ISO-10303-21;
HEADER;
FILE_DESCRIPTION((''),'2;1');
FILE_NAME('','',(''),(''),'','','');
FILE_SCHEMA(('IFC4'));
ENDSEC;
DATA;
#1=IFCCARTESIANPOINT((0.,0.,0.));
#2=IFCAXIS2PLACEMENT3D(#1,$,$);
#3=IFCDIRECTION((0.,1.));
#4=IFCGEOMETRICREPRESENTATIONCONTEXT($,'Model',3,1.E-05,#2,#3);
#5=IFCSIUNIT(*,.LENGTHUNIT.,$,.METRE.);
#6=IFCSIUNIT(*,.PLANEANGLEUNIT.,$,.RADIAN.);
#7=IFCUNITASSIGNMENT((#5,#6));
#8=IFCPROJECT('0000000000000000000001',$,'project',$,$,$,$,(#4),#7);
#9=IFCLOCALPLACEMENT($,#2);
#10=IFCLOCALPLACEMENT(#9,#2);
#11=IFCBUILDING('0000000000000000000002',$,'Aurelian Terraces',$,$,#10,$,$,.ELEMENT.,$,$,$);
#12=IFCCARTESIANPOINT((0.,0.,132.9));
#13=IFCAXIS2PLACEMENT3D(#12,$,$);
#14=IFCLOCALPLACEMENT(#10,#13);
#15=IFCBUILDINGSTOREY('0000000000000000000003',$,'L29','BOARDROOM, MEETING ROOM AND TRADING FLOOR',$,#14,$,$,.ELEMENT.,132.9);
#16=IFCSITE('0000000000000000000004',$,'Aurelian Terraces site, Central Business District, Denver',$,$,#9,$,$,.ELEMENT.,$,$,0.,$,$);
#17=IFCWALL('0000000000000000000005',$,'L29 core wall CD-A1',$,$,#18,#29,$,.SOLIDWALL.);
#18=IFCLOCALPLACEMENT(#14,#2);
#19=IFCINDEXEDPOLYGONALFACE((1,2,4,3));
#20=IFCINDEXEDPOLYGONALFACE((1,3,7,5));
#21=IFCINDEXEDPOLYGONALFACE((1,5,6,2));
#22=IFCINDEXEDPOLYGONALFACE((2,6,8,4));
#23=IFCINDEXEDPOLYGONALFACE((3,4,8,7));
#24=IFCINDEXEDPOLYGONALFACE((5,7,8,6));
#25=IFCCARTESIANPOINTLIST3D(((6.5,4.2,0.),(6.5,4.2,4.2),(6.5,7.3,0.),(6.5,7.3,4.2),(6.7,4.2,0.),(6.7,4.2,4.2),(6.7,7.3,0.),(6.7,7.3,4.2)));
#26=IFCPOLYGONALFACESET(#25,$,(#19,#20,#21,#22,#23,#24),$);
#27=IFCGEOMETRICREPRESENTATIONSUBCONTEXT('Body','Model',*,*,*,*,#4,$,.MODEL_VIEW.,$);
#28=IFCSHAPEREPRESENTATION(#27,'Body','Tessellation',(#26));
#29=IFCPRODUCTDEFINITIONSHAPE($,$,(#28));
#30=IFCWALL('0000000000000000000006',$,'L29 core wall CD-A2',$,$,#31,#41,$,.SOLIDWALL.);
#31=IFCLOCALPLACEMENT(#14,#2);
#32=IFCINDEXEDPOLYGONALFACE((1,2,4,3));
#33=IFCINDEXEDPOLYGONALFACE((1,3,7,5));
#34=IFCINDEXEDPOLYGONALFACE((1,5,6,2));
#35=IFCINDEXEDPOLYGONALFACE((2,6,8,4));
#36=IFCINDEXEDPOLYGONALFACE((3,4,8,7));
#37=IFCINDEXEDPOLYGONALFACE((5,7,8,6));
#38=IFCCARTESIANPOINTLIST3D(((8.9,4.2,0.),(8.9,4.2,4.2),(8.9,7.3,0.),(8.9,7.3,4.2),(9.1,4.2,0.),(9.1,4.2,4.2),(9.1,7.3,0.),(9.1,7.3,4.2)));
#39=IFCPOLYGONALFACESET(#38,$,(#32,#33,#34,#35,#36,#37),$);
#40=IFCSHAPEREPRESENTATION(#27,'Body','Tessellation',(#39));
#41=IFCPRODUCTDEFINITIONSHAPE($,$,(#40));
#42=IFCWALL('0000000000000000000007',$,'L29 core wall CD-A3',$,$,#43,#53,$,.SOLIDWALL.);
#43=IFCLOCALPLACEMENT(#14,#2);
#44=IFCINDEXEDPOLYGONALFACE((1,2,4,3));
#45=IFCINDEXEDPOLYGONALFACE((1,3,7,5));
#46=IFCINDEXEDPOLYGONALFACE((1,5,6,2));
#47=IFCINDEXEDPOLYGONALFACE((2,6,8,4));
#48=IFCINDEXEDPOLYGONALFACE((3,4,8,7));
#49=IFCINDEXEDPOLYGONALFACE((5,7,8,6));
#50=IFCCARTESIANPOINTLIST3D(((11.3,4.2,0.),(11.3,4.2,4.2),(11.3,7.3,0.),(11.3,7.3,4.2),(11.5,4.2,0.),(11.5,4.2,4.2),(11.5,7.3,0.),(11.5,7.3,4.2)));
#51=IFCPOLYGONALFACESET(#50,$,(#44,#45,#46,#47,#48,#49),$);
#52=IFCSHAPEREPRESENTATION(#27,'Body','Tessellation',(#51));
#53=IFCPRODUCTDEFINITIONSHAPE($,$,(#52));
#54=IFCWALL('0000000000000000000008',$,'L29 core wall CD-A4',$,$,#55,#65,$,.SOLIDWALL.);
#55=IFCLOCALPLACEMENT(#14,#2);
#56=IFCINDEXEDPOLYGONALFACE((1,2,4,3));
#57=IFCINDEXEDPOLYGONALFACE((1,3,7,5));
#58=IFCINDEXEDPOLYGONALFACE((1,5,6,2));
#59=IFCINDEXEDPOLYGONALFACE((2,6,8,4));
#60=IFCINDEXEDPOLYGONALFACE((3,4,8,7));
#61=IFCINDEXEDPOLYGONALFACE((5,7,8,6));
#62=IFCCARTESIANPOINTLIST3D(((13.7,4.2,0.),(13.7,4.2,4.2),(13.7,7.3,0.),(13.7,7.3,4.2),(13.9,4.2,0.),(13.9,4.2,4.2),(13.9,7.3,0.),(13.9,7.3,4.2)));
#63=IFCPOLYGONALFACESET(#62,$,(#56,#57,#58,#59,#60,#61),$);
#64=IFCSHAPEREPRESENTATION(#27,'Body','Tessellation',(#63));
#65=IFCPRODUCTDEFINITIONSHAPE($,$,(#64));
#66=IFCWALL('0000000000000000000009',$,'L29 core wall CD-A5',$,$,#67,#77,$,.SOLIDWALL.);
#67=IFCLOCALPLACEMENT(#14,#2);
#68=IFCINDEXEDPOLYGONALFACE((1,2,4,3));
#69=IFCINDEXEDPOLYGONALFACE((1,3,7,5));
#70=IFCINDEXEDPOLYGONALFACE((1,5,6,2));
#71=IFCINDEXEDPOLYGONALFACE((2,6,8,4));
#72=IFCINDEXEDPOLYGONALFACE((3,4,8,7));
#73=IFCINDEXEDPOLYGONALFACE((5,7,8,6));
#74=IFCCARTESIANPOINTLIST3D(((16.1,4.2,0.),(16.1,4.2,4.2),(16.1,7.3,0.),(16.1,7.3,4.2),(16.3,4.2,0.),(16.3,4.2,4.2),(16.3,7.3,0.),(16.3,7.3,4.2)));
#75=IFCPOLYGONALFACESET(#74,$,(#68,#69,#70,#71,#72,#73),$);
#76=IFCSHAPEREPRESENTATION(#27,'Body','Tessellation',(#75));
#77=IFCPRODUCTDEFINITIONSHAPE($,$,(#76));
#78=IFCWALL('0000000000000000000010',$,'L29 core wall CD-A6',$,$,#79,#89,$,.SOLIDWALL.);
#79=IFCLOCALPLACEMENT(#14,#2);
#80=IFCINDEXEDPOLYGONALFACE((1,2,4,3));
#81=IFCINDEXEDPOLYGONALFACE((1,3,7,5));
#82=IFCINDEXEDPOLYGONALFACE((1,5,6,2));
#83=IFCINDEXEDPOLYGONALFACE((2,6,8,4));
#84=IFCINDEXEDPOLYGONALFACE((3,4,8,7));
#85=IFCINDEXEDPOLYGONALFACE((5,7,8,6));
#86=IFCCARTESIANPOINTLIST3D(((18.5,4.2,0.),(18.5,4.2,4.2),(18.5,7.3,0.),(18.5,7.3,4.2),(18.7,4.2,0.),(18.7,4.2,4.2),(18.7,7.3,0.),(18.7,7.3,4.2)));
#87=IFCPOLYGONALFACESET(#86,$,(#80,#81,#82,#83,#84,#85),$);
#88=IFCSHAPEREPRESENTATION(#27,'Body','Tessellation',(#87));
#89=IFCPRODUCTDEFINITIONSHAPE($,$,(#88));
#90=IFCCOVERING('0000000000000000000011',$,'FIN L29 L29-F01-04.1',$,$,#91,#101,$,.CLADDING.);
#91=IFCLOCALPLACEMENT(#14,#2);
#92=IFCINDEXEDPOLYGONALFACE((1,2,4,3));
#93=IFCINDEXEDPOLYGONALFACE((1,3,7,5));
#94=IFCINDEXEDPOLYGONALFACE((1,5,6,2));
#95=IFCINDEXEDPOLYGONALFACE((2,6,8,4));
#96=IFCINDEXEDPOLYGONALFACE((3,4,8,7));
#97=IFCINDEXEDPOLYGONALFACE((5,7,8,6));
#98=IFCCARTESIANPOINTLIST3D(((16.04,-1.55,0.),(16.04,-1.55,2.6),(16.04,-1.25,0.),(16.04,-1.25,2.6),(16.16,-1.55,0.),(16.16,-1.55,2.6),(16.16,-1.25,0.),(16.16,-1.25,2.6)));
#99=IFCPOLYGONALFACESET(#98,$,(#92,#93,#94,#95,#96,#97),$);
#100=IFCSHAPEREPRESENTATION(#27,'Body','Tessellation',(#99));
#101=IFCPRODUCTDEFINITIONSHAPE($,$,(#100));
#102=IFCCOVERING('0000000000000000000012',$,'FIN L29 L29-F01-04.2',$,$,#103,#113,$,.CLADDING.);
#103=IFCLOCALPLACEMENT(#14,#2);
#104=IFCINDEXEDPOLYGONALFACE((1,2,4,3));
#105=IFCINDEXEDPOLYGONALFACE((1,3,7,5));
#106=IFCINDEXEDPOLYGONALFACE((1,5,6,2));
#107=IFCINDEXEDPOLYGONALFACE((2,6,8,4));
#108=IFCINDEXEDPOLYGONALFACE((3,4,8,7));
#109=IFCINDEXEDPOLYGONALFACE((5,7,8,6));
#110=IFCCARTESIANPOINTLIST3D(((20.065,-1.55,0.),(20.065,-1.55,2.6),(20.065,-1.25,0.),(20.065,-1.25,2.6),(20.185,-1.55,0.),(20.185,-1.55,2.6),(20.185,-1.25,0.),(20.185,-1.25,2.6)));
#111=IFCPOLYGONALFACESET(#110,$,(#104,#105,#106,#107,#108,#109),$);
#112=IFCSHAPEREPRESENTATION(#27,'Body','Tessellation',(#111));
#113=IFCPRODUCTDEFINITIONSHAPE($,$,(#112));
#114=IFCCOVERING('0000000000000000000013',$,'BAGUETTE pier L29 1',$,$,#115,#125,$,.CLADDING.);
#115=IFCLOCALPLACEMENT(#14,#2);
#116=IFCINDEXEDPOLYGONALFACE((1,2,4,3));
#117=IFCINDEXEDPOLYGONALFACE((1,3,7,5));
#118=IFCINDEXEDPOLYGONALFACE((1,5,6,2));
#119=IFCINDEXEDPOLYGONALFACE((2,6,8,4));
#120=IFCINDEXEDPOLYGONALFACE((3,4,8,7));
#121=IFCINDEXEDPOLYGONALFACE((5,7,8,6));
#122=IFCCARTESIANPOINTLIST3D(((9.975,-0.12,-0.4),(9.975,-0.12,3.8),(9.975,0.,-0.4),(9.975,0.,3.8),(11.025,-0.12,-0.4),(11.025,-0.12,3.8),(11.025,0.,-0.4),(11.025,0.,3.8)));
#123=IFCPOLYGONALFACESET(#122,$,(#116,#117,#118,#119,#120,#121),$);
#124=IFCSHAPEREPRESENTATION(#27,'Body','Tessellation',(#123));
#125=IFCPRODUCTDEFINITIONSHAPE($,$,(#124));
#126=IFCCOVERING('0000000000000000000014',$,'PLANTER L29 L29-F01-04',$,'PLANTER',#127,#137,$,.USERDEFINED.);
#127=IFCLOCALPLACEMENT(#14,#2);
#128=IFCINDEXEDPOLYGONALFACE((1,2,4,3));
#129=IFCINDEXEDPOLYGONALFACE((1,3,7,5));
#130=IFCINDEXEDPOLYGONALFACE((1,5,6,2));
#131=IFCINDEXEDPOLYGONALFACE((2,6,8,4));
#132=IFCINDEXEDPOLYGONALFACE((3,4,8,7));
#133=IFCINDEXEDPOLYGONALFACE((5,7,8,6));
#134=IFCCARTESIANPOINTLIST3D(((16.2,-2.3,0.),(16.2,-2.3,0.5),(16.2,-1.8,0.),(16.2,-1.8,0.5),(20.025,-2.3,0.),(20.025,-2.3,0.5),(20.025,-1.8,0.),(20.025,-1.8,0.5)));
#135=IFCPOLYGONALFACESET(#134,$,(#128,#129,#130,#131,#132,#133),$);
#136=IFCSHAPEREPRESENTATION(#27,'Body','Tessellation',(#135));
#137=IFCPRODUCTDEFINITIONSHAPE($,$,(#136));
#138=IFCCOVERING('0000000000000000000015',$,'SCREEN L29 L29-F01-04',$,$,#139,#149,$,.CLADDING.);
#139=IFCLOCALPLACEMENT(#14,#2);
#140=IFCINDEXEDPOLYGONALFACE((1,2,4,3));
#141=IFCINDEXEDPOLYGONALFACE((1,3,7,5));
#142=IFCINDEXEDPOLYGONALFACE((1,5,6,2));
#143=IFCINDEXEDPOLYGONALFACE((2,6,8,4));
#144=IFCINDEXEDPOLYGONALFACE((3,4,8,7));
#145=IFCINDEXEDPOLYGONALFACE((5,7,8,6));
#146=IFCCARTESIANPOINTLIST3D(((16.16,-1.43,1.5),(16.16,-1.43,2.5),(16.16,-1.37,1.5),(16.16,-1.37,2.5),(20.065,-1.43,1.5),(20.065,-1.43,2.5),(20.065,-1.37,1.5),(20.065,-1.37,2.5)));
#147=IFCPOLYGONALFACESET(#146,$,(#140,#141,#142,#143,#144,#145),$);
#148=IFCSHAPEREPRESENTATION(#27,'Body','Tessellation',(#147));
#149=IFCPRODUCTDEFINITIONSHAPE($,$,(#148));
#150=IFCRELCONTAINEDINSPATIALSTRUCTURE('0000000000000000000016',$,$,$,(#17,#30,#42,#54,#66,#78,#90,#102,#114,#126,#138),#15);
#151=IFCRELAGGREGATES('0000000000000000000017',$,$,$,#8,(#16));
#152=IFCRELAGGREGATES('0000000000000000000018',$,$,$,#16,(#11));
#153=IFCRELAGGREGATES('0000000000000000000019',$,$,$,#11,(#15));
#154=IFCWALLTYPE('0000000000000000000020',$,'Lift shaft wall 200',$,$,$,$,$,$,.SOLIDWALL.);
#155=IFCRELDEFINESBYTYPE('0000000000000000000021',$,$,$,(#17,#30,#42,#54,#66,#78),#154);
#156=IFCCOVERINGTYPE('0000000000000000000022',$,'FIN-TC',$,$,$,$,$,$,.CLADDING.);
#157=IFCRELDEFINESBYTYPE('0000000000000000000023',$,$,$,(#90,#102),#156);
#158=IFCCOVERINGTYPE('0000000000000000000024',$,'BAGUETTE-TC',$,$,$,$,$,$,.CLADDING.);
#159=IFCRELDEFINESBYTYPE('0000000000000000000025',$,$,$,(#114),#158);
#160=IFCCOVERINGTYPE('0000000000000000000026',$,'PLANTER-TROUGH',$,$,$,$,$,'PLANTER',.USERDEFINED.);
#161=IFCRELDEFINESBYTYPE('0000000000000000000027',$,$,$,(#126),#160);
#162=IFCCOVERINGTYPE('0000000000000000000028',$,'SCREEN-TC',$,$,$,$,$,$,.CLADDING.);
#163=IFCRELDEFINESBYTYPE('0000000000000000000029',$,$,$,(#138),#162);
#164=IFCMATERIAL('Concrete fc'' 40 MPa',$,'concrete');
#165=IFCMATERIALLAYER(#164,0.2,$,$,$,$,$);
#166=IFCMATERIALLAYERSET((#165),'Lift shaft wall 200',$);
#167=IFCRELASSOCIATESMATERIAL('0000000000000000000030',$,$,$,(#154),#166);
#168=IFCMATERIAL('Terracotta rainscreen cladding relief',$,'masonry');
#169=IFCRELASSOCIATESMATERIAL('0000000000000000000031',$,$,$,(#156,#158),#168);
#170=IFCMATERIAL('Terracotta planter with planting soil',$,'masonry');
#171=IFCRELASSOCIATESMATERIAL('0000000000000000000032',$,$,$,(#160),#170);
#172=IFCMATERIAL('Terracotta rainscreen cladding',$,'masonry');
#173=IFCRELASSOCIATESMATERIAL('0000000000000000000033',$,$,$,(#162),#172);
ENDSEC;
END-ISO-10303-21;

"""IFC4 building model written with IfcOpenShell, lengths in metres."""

from ifc_helpers import new_model, si_unit, direction, frame, frame_2d, origin, origin_2d, place, context, subcontext, project, spatial, rectangle, extrude, source, transform, mapped, material, layer, layer_set, type_object, element, save


model = new_model("IFC4")

# Units and contexts
model_context = context("Model", 3, precision=1e-05, world=origin(), true_north=direction((0.0, 1.0)))
body_context = subcontext(model_context, "Body", "Model", "MODEL_VIEW")
ifc_project = project(units=[si_unit("LENGTHUNIT", "METRE"), si_unit("PLANEANGLEUNIT", "RADIAN")], contexts=[model_context])

# Site, building, storey
site_placement = place(None, origin())
site = spatial("IfcSite", under=ifc_project, at=site_placement, Name="Aurelian Terraces site, Central Business District, Denver", CompositionType="ELEMENT", RefElevation=0.0)
building_placement = place(site_placement, origin())
building = spatial("IfcBuilding", under=site, at=building_placement, Name="Aurelian Terraces", CompositionType="ELEMENT")
storey_placement = place(building_placement, frame((0.0, 0.0, 132.9)))
storey = spatial("IfcBuildingStorey", under=building, at=storey_placement, Name="L29", Description="BOARDROOM, MEETING ROOM AND TRADING FLOOR", CompositionType="ELEMENT", Elevation=132.9)

# Shared definitions
ifc_material_1 = material(Name="Terracotta rainscreen cladding", Category="masonry")

# Walls
ifc_material_2 = material(Name="Concrete fc' 40 MPa", Category="concrete")
ifc_layer_1 = layer(ifc_material_2, 0.2)
ifc_layer_set_1 = layer_set([ifc_layer_1], Name="Lift shaft wall 200")
wall_type_1 = type_object("IfcWallType", Name="Lift shaft wall 200", PredefinedType="SOLIDWALL", material=ifc_layer_set_1)
shared_shape_1 = source(origin(), body_context, "Body", "SweptSolid", [
    extrude(rectangle(XDim=3.1, YDim=0.2, at=frame_2d((1.55, 0.0))), origin(), (0.0, 0.0, 1.0), 4.2),
])
for number, where, z_axis, x_axis, name in (
    (1, (6.6, 4.2, 0.0), (0.0, 0.0, 1.0), (0.0, 1.0, 0.0), "L29 core wall CD-A1"),
    (2, (9.0, 4.2, 0.0), (0.0, 0.0, 1.0), (0.0, 1.0, 0.0), "L29 core wall CD-A2"),
    (3, (11.4, 4.2, 0.0), (0.0, 0.0, 1.0), (0.0, 1.0, 0.0), "L29 core wall CD-A3"),
    (4, (13.8, 4.2, 0.0), (0.0, 0.0, 1.0), (0.0, 1.0, 0.0), "L29 core wall CD-A4"),
    (5, (16.2, 4.2, 0.0), (0.0, 0.0, 1.0), (0.0, 1.0, 0.0), "L29 core wall CD-A5"),
    (6, (18.6, 4.2, 0.0), (0.0, 0.0, 1.0), (0.0, 1.0, 0.0), "L29 core wall CD-A6"),
):
    element("IfcWall", number, at=place(storey_placement, frame(where, z_axis=z_axis, x_axis=x_axis)), inside=storey, type_object=wall_type_1, Name=name, PredefinedType="SOLIDWALL", context=body_context, shape_type="MappedRepresentation", body=[
        mapped(shared_shape_1, transform((0.0, 0.0, 0.0), scale=1.0)),
    ])

# Coverings
ifc_material_3 = material(Name="Terracotta rainscreen cladding relief", Category="masonry")
covering_type_1 = type_object("IfcCoveringType", Name="FIN-TC", PredefinedType="CLADDING", material=ifc_material_3)
shared_shape_2 = source(origin(), body_context, "Body", "SweptSolid", [
    extrude(rectangle(XDim=0.12, YDim=0.3, at=origin_2d()), origin(), (0.0, 0.0, 1.0), 2.6),
])
for number, where, z_axis, x_axis, name in (
    (7, (16.1, -1.4, 0.0), (0.0, 0.0, 1.0), (1.0, 0.0, 0.0), "FIN L29 L29-F01-04.1"),
    (8, (20.125, -1.4, 0.0), (0.0, 0.0, 1.0), (1.0, 0.0, 0.0), "FIN L29 L29-F01-04.2"),
):
    element("IfcCovering", number, at=place(storey_placement, frame(where, z_axis=z_axis, x_axis=x_axis)), inside=storey, type_object=covering_type_1, Name=name, PredefinedType="CLADDING", context=body_context, shape_type="MappedRepresentation", body=[
        mapped(shared_shape_2, transform((0.0, 0.0, 0.0), scale=1.0)),
    ])
covering_type_2 = type_object("IfcCoveringType", Name="BAGUETTE-TC", PredefinedType="CLADDING", material=ifc_material_3)
shared_shape_3 = source(origin(), body_context, "Body", "SweptSolid", [
    extrude(rectangle(XDim=1.05, YDim=0.12, at=origin_2d()), origin(), (0.0, 0.0, 1.0), 4.2),
])
covering_1_placement = place(storey_placement, frame((10.5, -0.06, -0.4), z_axis=(0.0, 0.0, 1.0), x_axis=(1.0, 0.0, 0.0)))
element("IfcCovering", 9, at=covering_1_placement, inside=storey, type_object=covering_type_2, Name="BAGUETTE pier L29 1", PredefinedType="CLADDING", context=body_context, shape_type="MappedRepresentation", body=[
    mapped(shared_shape_3, transform((0.0, 0.0, 0.0), scale=1.0)),
])

# Coverings
ifc_material_4 = material(Name="Terracotta planter with planting soil", Category="masonry")
covering_type_3 = type_object("IfcCoveringType", Name="PLANTER-TROUGH", ElementType="PLANTER", PredefinedType="USERDEFINED", material=ifc_material_4)
shared_shape_4 = source(origin(), body_context, "Body", "SweptSolid", [
    extrude(rectangle(XDim=3.825, YDim=0.5, at=origin_2d()), origin(), (0.0, 0.0, 1.0), 0.5),
])
covering_2_placement = place(storey_placement, frame((18.1125, -2.05, 0.0), z_axis=(0.0, 0.0, 1.0), x_axis=(1.0, 0.0, 0.0)))
element("IfcCovering", 10, at=covering_2_placement, inside=storey, type_object=covering_type_3, Name="PLANTER L29 L29-F01-04", ObjectType="PLANTER", PredefinedType="USERDEFINED", context=body_context, shape_type="MappedRepresentation", body=[
    mapped(shared_shape_4, transform((0.0, 0.0, 0.0), scale=1.0)),
])
covering_type_4 = type_object("IfcCoveringType", Name="SCREEN-TC", PredefinedType="CLADDING", material=ifc_material_1)
shared_shape_5 = source(origin(), body_context, "Body", "SweptSolid", [
    extrude(rectangle(XDim=3.905, YDim=0.06, at=origin_2d()), origin(), (0.0, 0.0, 1.0), 1.0),
])
covering_3_placement = place(storey_placement, frame((18.1125, -1.4, 1.5), z_axis=(0.0, 0.0, 1.0), x_axis=(1.0, 0.0, 0.0)))
element("IfcCovering", 11, at=covering_3_placement, inside=storey, type_object=covering_type_4, Name="SCREEN L29 L29-F01-04", PredefinedType="CLADDING", context=body_context, shape_type="MappedRepresentation", body=[
    mapped(shared_shape_5, transform((0.0, 0.0, 0.0), scale=1.0)),
])

save(model, "model.ifc")
